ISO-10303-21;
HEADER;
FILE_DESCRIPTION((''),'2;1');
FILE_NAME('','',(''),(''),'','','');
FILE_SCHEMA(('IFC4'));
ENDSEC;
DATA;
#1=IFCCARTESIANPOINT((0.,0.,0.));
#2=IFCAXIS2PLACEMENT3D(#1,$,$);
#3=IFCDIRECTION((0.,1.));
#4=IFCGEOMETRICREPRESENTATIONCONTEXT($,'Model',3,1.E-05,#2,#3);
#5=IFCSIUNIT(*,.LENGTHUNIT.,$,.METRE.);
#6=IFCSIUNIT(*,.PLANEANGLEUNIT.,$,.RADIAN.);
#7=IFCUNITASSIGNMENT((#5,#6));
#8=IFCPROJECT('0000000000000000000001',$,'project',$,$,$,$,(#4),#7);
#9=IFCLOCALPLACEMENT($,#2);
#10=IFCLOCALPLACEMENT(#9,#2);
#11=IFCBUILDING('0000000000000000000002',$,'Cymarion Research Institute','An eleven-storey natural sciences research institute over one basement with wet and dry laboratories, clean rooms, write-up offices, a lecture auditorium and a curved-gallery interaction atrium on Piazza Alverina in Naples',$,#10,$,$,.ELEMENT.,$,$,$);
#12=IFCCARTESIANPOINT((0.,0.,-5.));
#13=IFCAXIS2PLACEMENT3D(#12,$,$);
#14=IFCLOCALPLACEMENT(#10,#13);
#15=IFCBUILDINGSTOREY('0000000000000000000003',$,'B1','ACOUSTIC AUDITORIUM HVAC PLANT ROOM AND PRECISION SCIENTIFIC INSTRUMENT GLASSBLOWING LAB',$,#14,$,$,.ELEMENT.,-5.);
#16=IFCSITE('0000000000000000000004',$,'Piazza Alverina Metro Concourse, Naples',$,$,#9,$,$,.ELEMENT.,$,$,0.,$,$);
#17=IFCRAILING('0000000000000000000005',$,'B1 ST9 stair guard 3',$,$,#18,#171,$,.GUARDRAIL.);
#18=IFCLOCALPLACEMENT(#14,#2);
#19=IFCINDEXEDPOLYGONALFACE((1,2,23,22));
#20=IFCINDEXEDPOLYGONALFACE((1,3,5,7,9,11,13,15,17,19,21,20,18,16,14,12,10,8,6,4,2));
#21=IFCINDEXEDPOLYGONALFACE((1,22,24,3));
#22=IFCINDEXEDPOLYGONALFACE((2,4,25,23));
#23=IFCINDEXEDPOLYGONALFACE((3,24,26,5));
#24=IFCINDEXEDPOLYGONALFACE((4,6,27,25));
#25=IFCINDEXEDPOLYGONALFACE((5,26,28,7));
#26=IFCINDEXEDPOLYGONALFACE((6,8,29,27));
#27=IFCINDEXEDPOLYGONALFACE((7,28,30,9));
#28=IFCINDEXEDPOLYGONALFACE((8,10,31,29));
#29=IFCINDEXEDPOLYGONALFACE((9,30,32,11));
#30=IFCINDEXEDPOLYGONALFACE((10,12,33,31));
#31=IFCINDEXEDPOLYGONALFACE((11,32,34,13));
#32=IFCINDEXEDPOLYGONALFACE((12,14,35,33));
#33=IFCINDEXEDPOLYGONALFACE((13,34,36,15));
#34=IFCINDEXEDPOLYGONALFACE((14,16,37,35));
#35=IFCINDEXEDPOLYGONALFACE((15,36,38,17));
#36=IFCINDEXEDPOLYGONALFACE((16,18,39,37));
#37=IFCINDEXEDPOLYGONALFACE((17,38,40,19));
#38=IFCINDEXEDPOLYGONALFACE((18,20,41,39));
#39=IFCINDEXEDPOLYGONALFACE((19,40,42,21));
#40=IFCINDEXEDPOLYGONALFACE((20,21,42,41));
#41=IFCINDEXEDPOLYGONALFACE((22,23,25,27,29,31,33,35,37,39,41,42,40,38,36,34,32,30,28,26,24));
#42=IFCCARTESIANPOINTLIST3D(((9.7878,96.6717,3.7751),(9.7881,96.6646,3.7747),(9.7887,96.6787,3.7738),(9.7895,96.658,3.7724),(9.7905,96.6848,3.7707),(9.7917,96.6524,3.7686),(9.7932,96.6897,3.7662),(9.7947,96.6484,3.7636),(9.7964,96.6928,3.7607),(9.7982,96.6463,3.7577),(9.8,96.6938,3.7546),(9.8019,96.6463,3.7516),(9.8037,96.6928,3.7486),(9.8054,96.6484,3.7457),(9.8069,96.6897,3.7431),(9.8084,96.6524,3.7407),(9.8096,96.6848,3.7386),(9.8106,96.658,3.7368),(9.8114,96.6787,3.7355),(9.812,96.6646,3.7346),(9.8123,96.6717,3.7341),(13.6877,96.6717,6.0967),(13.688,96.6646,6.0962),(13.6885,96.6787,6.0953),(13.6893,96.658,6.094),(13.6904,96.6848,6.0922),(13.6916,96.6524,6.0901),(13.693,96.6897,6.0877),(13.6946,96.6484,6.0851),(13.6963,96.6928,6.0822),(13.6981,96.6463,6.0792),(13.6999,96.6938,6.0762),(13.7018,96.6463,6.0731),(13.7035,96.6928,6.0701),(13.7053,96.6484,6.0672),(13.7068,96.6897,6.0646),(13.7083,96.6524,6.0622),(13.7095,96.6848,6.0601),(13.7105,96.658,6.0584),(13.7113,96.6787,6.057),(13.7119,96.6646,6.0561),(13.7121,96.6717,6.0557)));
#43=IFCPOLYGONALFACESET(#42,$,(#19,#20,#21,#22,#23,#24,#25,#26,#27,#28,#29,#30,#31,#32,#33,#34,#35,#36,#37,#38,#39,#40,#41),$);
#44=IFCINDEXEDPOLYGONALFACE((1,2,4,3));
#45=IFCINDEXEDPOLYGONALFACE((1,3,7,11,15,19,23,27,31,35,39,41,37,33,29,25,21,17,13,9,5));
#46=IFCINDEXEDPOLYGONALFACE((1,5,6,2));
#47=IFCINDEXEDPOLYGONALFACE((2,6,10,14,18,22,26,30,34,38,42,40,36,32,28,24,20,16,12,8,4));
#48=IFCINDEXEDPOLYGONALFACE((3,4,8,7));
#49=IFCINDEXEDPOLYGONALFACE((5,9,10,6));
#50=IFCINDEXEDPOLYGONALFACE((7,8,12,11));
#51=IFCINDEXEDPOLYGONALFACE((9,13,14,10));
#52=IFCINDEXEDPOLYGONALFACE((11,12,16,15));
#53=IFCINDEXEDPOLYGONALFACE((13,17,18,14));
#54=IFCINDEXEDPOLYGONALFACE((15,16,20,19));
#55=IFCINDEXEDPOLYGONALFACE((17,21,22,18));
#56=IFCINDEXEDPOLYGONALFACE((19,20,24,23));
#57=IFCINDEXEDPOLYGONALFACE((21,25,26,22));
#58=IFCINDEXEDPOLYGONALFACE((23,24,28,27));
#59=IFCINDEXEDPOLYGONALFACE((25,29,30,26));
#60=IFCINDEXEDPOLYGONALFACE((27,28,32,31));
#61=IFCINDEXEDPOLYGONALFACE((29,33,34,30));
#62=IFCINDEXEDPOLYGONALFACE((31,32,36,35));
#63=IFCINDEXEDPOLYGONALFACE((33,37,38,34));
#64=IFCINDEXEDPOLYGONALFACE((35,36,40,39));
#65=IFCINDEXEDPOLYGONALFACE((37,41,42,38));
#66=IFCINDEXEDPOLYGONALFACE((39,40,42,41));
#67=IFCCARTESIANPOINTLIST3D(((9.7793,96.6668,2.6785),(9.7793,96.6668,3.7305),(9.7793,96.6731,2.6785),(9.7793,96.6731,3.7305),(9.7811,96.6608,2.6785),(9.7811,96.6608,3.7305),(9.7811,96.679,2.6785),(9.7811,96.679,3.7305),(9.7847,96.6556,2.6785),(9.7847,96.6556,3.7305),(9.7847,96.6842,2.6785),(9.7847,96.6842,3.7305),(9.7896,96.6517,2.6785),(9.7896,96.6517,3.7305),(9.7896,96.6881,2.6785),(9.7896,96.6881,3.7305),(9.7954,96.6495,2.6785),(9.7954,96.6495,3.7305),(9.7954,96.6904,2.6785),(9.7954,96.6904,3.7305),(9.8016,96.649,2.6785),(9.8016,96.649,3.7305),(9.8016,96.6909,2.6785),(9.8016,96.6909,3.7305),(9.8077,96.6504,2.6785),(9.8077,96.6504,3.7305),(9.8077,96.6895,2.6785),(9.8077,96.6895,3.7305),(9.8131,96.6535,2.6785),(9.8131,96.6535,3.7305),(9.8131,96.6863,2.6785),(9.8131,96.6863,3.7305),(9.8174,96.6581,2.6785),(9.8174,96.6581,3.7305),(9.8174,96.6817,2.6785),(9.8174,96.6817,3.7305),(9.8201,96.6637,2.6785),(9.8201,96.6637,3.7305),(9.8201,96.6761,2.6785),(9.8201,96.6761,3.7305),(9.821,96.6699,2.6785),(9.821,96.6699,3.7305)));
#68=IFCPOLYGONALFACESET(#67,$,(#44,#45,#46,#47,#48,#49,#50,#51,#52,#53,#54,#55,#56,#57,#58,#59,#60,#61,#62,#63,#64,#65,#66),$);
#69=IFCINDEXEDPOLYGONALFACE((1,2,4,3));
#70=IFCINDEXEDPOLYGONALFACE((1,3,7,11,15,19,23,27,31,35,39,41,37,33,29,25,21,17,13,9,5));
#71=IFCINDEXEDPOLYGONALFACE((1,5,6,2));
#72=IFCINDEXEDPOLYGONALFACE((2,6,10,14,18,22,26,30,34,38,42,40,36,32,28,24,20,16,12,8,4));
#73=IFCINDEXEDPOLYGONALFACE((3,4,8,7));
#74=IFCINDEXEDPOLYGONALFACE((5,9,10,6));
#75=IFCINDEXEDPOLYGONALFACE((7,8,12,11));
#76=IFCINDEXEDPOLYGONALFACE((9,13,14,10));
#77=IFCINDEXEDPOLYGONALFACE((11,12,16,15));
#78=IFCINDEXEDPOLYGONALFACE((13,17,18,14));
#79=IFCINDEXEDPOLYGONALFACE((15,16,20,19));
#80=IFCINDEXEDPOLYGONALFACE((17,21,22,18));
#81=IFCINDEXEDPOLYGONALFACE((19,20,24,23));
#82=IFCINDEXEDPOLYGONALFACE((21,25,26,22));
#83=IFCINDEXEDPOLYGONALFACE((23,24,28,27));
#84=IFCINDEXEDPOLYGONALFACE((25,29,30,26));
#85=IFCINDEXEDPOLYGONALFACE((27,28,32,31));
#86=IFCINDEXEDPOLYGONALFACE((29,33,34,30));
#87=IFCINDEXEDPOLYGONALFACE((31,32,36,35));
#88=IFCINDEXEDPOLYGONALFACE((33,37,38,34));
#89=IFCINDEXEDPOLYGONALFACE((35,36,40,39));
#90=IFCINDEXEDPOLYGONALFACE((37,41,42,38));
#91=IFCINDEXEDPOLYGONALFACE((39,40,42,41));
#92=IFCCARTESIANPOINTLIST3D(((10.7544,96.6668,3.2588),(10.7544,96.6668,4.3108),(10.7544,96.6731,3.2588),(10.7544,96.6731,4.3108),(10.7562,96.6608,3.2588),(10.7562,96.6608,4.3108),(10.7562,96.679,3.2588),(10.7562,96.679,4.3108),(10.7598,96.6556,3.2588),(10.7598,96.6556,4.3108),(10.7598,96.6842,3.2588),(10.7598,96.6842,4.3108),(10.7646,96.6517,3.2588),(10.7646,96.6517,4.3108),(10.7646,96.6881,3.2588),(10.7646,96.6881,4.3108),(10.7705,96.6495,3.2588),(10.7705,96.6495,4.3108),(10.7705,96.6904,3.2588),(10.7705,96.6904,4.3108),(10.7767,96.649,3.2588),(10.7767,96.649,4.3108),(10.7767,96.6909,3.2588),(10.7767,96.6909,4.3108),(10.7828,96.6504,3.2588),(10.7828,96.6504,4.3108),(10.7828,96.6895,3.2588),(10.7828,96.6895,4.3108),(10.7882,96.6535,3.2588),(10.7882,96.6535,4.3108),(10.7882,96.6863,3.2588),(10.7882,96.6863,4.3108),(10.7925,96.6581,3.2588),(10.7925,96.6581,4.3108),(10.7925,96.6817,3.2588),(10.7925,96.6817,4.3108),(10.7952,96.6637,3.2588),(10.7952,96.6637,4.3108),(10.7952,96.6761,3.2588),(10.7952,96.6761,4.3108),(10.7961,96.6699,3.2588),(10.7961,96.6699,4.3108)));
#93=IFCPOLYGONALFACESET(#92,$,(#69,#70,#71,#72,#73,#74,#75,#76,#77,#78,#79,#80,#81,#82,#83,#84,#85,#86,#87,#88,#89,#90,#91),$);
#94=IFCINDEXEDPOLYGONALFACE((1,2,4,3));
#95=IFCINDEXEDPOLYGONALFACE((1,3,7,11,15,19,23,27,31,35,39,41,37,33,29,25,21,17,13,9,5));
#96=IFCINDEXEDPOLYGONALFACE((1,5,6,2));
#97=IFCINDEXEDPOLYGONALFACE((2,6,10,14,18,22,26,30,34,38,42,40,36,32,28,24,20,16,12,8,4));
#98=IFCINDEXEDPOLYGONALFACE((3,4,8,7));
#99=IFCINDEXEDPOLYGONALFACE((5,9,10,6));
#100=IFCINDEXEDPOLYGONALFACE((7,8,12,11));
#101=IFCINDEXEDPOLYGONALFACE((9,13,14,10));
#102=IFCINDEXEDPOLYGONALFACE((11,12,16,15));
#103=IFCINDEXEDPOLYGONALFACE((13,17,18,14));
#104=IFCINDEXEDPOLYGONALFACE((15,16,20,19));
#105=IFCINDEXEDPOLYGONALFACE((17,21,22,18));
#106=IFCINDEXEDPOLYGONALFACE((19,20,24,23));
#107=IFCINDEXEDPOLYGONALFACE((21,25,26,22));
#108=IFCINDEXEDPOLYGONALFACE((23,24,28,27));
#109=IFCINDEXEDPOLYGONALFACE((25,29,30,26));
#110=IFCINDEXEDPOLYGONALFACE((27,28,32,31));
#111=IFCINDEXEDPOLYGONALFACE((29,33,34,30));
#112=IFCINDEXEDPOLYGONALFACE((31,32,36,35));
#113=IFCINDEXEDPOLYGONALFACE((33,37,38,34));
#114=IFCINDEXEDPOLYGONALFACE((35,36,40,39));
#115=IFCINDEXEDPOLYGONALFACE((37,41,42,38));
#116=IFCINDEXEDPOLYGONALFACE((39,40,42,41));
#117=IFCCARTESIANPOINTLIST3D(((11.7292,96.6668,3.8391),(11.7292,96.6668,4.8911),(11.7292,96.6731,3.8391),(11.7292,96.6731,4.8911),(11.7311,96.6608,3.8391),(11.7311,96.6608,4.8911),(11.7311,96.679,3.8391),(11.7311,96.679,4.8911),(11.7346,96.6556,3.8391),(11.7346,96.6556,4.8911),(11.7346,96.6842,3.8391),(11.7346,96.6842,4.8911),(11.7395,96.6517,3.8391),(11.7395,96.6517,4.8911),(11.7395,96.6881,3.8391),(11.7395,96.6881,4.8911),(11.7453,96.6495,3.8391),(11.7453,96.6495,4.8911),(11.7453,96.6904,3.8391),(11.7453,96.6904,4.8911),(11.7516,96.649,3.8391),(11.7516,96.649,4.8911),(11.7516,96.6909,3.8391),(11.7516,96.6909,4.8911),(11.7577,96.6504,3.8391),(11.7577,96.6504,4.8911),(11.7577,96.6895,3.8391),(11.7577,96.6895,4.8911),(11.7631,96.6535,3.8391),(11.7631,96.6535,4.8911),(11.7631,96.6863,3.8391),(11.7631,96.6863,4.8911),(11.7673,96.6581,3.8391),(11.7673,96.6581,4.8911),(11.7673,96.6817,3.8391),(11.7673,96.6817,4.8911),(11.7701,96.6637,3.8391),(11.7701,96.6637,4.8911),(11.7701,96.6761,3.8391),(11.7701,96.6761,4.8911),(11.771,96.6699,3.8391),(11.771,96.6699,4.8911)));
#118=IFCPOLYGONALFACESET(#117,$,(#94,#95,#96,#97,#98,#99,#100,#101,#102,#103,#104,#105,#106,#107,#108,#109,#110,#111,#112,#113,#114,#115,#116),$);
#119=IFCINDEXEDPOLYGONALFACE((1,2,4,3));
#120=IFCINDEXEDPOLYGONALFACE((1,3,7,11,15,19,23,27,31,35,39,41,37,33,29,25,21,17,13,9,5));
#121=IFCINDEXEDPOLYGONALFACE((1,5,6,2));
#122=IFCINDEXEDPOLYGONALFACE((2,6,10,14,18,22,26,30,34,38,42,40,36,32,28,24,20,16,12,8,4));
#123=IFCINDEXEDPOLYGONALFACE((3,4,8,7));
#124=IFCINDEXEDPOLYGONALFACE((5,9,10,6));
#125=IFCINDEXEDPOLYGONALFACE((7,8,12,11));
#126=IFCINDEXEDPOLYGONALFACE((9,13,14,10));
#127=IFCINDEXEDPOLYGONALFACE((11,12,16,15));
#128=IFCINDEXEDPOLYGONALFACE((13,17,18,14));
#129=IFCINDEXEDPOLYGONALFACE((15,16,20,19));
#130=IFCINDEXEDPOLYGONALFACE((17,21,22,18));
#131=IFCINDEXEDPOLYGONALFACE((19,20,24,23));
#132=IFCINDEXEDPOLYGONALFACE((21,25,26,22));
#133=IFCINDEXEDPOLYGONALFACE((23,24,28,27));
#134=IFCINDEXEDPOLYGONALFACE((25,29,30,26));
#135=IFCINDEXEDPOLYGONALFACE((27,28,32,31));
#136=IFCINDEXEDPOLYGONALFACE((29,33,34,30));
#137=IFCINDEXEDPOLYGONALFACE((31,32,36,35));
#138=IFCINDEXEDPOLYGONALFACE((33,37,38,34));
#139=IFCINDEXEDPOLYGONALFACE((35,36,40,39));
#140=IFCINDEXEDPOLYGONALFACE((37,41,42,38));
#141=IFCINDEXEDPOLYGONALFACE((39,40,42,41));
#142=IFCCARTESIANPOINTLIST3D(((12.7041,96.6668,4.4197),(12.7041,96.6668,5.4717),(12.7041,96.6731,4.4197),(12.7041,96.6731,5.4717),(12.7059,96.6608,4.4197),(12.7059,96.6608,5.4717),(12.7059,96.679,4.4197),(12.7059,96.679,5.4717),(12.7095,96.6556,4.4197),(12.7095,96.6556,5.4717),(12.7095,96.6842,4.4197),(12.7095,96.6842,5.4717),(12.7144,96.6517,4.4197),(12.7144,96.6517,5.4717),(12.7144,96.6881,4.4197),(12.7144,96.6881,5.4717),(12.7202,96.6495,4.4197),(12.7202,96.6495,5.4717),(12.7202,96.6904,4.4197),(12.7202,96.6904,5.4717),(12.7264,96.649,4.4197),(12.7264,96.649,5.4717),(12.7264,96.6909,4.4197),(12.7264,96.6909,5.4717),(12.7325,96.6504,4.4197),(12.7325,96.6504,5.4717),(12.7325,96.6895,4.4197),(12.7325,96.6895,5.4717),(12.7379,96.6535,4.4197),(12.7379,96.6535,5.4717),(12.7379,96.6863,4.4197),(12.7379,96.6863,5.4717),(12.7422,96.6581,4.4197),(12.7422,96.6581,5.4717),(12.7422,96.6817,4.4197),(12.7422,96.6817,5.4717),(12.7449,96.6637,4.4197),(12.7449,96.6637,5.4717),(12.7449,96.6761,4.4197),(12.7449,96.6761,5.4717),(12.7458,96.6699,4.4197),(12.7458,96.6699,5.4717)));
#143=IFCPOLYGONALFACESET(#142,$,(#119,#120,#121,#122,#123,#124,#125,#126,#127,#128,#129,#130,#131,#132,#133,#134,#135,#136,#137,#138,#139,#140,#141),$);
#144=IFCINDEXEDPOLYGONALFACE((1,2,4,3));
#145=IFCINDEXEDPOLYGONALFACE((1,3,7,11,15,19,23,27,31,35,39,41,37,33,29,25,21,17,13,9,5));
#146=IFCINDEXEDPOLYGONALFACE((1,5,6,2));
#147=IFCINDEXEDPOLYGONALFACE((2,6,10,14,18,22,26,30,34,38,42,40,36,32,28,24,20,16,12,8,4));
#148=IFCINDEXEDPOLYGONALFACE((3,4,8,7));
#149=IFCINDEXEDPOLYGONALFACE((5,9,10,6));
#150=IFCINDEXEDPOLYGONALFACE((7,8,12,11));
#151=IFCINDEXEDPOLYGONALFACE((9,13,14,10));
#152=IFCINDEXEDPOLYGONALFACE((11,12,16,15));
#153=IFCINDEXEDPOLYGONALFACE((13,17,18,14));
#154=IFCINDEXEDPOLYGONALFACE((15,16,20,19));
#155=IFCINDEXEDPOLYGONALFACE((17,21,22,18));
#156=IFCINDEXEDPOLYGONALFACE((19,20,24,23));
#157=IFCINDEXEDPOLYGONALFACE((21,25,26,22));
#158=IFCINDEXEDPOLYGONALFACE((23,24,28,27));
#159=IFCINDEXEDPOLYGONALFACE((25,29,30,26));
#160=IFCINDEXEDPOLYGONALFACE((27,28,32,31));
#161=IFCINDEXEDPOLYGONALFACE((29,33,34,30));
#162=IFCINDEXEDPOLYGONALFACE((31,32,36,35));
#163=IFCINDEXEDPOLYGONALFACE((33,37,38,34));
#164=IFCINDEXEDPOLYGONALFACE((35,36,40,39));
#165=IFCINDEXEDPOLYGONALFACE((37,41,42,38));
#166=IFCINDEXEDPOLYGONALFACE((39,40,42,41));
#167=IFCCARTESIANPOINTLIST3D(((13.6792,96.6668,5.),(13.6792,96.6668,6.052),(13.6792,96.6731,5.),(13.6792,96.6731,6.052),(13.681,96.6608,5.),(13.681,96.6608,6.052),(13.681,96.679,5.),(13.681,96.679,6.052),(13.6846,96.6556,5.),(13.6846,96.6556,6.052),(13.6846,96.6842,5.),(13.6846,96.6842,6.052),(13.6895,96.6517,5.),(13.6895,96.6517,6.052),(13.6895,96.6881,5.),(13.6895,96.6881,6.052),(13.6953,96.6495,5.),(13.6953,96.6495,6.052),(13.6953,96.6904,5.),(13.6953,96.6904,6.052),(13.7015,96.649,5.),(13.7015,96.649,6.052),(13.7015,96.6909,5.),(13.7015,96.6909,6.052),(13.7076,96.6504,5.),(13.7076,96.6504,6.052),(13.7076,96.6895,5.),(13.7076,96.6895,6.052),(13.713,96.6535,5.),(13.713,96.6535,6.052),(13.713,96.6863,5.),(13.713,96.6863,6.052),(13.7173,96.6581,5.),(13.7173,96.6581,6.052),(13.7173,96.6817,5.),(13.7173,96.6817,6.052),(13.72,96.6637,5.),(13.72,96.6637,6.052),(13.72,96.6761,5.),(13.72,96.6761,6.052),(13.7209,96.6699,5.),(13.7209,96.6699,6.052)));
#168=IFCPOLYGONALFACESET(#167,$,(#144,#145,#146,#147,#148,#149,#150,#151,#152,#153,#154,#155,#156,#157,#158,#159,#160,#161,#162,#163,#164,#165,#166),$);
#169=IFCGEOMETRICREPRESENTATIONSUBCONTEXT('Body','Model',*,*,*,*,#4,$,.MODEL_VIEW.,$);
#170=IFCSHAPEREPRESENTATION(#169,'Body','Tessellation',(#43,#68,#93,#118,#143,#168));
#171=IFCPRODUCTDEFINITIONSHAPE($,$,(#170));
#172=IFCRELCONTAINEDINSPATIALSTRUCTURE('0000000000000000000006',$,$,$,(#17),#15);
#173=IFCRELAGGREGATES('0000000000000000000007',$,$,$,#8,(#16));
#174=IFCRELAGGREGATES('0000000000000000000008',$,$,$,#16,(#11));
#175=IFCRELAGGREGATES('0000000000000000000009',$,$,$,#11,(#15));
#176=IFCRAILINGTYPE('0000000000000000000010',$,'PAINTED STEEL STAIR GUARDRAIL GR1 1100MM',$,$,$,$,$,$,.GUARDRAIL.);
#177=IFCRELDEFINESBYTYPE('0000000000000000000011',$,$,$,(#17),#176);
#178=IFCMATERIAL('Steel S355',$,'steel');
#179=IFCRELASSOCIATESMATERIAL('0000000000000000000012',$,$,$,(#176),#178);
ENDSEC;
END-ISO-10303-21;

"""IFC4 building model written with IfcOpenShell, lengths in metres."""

from ifc_helpers import new_model, si_unit, direction, frame, origin, origin_2d, place, context, subcontext, project, spatial, circle, extrude, material, type_object, element, save


model = new_model("IFC4")

# Units and contexts
model_context = context("Model", 3, precision=1e-05, world=origin(), true_north=direction((0.0, 1.0)))
body_context = subcontext(model_context, "Body", "Model", "MODEL_VIEW")
ifc_project = project(units=[si_unit("LENGTHUNIT", "METRE"), si_unit("PLANEANGLEUNIT", "RADIAN")], contexts=[model_context])

# Site, building, storey
site_placement = place(None, origin())
site = spatial("IfcSite", under=ifc_project, at=site_placement, Name="Piazza Alverina Metro Concourse, Naples", CompositionType="ELEMENT", RefElevation=0.0)
building_placement = place(site_placement, origin())
building = spatial("IfcBuilding", under=site, at=building_placement, Name="Cymarion Research Institute", Description="An eleven-storey natural sciences research institute over one basement with wet and dry laboratories, clean rooms, write-up offices, a lecture auditorium and a curved-gallery interaction atrium on Piazza Alverina in Naples", CompositionType="ELEMENT")
storey_placement = place(building_placement, frame((0.0, 0.0, -5.0)))
storey = spatial("IfcBuildingStorey", under=building, at=storey_placement, Name="B1", Description="ACOUSTIC AUDITORIUM HVAC PLANT ROOM AND PRECISION SCIENTIFIC INSTRUMENT GLASSBLOWING LAB", CompositionType="ELEMENT", Elevation=-5.0)

# Shared definitions
ifc_material_1 = material(Name="Steel S355", Category="steel")

# Railing
railing_type_1 = type_object("IfcRailingType", Name="PAINTED STEEL STAIR GUARDRAIL GR1 1100MM", PredefinedType="GUARDRAIL", material=ifc_material_1)
railing_1_placement = place(storey_placement, frame((9.8, 96.6699, 2.6785)))
element("IfcRailing", 1, at=railing_1_placement, inside=storey, type_object=railing_type_1, Name="B1 ST9 stair guard 3", PredefinedType="GUARDRAIL", context=body_context, shape_type="SweptSolid", body=[
    extrude(circle(Radius=0.0239, at=origin_2d()), frame((0.0, 0.0, 1.0762), z_axis=(0.859277, 0.0, 0.51151), x_axis=(0.0, 1.0, 0.0)), (0.0, 0.0, 1.0), 4.5386),
    extrude(circle(Radius=0.021, at=origin_2d()), origin(), (0.0, 0.0, 1.0), 1.052),
    extrude(circle(Radius=0.021, at=origin_2d()), frame((0.9751, 0.0, 0.5803)), (0.0, 0.0, 1.0), 1.052),
    extrude(circle(Radius=0.021, at=origin_2d()), frame((1.95, 0.0, 1.1606)), (0.0, 0.0, 1.0), 1.052),
    extrude(circle(Radius=0.021, at=origin_2d()), frame((2.9248, 0.0, 1.7412)), (0.0, 0.0, 1.0), 1.052),
    extrude(circle(Radius=0.021, at=origin_2d()), frame((3.8999, 0.0, 2.3215)), (0.0, 0.0, 1.0), 1.052),
])

save(model, "model.ifc")
